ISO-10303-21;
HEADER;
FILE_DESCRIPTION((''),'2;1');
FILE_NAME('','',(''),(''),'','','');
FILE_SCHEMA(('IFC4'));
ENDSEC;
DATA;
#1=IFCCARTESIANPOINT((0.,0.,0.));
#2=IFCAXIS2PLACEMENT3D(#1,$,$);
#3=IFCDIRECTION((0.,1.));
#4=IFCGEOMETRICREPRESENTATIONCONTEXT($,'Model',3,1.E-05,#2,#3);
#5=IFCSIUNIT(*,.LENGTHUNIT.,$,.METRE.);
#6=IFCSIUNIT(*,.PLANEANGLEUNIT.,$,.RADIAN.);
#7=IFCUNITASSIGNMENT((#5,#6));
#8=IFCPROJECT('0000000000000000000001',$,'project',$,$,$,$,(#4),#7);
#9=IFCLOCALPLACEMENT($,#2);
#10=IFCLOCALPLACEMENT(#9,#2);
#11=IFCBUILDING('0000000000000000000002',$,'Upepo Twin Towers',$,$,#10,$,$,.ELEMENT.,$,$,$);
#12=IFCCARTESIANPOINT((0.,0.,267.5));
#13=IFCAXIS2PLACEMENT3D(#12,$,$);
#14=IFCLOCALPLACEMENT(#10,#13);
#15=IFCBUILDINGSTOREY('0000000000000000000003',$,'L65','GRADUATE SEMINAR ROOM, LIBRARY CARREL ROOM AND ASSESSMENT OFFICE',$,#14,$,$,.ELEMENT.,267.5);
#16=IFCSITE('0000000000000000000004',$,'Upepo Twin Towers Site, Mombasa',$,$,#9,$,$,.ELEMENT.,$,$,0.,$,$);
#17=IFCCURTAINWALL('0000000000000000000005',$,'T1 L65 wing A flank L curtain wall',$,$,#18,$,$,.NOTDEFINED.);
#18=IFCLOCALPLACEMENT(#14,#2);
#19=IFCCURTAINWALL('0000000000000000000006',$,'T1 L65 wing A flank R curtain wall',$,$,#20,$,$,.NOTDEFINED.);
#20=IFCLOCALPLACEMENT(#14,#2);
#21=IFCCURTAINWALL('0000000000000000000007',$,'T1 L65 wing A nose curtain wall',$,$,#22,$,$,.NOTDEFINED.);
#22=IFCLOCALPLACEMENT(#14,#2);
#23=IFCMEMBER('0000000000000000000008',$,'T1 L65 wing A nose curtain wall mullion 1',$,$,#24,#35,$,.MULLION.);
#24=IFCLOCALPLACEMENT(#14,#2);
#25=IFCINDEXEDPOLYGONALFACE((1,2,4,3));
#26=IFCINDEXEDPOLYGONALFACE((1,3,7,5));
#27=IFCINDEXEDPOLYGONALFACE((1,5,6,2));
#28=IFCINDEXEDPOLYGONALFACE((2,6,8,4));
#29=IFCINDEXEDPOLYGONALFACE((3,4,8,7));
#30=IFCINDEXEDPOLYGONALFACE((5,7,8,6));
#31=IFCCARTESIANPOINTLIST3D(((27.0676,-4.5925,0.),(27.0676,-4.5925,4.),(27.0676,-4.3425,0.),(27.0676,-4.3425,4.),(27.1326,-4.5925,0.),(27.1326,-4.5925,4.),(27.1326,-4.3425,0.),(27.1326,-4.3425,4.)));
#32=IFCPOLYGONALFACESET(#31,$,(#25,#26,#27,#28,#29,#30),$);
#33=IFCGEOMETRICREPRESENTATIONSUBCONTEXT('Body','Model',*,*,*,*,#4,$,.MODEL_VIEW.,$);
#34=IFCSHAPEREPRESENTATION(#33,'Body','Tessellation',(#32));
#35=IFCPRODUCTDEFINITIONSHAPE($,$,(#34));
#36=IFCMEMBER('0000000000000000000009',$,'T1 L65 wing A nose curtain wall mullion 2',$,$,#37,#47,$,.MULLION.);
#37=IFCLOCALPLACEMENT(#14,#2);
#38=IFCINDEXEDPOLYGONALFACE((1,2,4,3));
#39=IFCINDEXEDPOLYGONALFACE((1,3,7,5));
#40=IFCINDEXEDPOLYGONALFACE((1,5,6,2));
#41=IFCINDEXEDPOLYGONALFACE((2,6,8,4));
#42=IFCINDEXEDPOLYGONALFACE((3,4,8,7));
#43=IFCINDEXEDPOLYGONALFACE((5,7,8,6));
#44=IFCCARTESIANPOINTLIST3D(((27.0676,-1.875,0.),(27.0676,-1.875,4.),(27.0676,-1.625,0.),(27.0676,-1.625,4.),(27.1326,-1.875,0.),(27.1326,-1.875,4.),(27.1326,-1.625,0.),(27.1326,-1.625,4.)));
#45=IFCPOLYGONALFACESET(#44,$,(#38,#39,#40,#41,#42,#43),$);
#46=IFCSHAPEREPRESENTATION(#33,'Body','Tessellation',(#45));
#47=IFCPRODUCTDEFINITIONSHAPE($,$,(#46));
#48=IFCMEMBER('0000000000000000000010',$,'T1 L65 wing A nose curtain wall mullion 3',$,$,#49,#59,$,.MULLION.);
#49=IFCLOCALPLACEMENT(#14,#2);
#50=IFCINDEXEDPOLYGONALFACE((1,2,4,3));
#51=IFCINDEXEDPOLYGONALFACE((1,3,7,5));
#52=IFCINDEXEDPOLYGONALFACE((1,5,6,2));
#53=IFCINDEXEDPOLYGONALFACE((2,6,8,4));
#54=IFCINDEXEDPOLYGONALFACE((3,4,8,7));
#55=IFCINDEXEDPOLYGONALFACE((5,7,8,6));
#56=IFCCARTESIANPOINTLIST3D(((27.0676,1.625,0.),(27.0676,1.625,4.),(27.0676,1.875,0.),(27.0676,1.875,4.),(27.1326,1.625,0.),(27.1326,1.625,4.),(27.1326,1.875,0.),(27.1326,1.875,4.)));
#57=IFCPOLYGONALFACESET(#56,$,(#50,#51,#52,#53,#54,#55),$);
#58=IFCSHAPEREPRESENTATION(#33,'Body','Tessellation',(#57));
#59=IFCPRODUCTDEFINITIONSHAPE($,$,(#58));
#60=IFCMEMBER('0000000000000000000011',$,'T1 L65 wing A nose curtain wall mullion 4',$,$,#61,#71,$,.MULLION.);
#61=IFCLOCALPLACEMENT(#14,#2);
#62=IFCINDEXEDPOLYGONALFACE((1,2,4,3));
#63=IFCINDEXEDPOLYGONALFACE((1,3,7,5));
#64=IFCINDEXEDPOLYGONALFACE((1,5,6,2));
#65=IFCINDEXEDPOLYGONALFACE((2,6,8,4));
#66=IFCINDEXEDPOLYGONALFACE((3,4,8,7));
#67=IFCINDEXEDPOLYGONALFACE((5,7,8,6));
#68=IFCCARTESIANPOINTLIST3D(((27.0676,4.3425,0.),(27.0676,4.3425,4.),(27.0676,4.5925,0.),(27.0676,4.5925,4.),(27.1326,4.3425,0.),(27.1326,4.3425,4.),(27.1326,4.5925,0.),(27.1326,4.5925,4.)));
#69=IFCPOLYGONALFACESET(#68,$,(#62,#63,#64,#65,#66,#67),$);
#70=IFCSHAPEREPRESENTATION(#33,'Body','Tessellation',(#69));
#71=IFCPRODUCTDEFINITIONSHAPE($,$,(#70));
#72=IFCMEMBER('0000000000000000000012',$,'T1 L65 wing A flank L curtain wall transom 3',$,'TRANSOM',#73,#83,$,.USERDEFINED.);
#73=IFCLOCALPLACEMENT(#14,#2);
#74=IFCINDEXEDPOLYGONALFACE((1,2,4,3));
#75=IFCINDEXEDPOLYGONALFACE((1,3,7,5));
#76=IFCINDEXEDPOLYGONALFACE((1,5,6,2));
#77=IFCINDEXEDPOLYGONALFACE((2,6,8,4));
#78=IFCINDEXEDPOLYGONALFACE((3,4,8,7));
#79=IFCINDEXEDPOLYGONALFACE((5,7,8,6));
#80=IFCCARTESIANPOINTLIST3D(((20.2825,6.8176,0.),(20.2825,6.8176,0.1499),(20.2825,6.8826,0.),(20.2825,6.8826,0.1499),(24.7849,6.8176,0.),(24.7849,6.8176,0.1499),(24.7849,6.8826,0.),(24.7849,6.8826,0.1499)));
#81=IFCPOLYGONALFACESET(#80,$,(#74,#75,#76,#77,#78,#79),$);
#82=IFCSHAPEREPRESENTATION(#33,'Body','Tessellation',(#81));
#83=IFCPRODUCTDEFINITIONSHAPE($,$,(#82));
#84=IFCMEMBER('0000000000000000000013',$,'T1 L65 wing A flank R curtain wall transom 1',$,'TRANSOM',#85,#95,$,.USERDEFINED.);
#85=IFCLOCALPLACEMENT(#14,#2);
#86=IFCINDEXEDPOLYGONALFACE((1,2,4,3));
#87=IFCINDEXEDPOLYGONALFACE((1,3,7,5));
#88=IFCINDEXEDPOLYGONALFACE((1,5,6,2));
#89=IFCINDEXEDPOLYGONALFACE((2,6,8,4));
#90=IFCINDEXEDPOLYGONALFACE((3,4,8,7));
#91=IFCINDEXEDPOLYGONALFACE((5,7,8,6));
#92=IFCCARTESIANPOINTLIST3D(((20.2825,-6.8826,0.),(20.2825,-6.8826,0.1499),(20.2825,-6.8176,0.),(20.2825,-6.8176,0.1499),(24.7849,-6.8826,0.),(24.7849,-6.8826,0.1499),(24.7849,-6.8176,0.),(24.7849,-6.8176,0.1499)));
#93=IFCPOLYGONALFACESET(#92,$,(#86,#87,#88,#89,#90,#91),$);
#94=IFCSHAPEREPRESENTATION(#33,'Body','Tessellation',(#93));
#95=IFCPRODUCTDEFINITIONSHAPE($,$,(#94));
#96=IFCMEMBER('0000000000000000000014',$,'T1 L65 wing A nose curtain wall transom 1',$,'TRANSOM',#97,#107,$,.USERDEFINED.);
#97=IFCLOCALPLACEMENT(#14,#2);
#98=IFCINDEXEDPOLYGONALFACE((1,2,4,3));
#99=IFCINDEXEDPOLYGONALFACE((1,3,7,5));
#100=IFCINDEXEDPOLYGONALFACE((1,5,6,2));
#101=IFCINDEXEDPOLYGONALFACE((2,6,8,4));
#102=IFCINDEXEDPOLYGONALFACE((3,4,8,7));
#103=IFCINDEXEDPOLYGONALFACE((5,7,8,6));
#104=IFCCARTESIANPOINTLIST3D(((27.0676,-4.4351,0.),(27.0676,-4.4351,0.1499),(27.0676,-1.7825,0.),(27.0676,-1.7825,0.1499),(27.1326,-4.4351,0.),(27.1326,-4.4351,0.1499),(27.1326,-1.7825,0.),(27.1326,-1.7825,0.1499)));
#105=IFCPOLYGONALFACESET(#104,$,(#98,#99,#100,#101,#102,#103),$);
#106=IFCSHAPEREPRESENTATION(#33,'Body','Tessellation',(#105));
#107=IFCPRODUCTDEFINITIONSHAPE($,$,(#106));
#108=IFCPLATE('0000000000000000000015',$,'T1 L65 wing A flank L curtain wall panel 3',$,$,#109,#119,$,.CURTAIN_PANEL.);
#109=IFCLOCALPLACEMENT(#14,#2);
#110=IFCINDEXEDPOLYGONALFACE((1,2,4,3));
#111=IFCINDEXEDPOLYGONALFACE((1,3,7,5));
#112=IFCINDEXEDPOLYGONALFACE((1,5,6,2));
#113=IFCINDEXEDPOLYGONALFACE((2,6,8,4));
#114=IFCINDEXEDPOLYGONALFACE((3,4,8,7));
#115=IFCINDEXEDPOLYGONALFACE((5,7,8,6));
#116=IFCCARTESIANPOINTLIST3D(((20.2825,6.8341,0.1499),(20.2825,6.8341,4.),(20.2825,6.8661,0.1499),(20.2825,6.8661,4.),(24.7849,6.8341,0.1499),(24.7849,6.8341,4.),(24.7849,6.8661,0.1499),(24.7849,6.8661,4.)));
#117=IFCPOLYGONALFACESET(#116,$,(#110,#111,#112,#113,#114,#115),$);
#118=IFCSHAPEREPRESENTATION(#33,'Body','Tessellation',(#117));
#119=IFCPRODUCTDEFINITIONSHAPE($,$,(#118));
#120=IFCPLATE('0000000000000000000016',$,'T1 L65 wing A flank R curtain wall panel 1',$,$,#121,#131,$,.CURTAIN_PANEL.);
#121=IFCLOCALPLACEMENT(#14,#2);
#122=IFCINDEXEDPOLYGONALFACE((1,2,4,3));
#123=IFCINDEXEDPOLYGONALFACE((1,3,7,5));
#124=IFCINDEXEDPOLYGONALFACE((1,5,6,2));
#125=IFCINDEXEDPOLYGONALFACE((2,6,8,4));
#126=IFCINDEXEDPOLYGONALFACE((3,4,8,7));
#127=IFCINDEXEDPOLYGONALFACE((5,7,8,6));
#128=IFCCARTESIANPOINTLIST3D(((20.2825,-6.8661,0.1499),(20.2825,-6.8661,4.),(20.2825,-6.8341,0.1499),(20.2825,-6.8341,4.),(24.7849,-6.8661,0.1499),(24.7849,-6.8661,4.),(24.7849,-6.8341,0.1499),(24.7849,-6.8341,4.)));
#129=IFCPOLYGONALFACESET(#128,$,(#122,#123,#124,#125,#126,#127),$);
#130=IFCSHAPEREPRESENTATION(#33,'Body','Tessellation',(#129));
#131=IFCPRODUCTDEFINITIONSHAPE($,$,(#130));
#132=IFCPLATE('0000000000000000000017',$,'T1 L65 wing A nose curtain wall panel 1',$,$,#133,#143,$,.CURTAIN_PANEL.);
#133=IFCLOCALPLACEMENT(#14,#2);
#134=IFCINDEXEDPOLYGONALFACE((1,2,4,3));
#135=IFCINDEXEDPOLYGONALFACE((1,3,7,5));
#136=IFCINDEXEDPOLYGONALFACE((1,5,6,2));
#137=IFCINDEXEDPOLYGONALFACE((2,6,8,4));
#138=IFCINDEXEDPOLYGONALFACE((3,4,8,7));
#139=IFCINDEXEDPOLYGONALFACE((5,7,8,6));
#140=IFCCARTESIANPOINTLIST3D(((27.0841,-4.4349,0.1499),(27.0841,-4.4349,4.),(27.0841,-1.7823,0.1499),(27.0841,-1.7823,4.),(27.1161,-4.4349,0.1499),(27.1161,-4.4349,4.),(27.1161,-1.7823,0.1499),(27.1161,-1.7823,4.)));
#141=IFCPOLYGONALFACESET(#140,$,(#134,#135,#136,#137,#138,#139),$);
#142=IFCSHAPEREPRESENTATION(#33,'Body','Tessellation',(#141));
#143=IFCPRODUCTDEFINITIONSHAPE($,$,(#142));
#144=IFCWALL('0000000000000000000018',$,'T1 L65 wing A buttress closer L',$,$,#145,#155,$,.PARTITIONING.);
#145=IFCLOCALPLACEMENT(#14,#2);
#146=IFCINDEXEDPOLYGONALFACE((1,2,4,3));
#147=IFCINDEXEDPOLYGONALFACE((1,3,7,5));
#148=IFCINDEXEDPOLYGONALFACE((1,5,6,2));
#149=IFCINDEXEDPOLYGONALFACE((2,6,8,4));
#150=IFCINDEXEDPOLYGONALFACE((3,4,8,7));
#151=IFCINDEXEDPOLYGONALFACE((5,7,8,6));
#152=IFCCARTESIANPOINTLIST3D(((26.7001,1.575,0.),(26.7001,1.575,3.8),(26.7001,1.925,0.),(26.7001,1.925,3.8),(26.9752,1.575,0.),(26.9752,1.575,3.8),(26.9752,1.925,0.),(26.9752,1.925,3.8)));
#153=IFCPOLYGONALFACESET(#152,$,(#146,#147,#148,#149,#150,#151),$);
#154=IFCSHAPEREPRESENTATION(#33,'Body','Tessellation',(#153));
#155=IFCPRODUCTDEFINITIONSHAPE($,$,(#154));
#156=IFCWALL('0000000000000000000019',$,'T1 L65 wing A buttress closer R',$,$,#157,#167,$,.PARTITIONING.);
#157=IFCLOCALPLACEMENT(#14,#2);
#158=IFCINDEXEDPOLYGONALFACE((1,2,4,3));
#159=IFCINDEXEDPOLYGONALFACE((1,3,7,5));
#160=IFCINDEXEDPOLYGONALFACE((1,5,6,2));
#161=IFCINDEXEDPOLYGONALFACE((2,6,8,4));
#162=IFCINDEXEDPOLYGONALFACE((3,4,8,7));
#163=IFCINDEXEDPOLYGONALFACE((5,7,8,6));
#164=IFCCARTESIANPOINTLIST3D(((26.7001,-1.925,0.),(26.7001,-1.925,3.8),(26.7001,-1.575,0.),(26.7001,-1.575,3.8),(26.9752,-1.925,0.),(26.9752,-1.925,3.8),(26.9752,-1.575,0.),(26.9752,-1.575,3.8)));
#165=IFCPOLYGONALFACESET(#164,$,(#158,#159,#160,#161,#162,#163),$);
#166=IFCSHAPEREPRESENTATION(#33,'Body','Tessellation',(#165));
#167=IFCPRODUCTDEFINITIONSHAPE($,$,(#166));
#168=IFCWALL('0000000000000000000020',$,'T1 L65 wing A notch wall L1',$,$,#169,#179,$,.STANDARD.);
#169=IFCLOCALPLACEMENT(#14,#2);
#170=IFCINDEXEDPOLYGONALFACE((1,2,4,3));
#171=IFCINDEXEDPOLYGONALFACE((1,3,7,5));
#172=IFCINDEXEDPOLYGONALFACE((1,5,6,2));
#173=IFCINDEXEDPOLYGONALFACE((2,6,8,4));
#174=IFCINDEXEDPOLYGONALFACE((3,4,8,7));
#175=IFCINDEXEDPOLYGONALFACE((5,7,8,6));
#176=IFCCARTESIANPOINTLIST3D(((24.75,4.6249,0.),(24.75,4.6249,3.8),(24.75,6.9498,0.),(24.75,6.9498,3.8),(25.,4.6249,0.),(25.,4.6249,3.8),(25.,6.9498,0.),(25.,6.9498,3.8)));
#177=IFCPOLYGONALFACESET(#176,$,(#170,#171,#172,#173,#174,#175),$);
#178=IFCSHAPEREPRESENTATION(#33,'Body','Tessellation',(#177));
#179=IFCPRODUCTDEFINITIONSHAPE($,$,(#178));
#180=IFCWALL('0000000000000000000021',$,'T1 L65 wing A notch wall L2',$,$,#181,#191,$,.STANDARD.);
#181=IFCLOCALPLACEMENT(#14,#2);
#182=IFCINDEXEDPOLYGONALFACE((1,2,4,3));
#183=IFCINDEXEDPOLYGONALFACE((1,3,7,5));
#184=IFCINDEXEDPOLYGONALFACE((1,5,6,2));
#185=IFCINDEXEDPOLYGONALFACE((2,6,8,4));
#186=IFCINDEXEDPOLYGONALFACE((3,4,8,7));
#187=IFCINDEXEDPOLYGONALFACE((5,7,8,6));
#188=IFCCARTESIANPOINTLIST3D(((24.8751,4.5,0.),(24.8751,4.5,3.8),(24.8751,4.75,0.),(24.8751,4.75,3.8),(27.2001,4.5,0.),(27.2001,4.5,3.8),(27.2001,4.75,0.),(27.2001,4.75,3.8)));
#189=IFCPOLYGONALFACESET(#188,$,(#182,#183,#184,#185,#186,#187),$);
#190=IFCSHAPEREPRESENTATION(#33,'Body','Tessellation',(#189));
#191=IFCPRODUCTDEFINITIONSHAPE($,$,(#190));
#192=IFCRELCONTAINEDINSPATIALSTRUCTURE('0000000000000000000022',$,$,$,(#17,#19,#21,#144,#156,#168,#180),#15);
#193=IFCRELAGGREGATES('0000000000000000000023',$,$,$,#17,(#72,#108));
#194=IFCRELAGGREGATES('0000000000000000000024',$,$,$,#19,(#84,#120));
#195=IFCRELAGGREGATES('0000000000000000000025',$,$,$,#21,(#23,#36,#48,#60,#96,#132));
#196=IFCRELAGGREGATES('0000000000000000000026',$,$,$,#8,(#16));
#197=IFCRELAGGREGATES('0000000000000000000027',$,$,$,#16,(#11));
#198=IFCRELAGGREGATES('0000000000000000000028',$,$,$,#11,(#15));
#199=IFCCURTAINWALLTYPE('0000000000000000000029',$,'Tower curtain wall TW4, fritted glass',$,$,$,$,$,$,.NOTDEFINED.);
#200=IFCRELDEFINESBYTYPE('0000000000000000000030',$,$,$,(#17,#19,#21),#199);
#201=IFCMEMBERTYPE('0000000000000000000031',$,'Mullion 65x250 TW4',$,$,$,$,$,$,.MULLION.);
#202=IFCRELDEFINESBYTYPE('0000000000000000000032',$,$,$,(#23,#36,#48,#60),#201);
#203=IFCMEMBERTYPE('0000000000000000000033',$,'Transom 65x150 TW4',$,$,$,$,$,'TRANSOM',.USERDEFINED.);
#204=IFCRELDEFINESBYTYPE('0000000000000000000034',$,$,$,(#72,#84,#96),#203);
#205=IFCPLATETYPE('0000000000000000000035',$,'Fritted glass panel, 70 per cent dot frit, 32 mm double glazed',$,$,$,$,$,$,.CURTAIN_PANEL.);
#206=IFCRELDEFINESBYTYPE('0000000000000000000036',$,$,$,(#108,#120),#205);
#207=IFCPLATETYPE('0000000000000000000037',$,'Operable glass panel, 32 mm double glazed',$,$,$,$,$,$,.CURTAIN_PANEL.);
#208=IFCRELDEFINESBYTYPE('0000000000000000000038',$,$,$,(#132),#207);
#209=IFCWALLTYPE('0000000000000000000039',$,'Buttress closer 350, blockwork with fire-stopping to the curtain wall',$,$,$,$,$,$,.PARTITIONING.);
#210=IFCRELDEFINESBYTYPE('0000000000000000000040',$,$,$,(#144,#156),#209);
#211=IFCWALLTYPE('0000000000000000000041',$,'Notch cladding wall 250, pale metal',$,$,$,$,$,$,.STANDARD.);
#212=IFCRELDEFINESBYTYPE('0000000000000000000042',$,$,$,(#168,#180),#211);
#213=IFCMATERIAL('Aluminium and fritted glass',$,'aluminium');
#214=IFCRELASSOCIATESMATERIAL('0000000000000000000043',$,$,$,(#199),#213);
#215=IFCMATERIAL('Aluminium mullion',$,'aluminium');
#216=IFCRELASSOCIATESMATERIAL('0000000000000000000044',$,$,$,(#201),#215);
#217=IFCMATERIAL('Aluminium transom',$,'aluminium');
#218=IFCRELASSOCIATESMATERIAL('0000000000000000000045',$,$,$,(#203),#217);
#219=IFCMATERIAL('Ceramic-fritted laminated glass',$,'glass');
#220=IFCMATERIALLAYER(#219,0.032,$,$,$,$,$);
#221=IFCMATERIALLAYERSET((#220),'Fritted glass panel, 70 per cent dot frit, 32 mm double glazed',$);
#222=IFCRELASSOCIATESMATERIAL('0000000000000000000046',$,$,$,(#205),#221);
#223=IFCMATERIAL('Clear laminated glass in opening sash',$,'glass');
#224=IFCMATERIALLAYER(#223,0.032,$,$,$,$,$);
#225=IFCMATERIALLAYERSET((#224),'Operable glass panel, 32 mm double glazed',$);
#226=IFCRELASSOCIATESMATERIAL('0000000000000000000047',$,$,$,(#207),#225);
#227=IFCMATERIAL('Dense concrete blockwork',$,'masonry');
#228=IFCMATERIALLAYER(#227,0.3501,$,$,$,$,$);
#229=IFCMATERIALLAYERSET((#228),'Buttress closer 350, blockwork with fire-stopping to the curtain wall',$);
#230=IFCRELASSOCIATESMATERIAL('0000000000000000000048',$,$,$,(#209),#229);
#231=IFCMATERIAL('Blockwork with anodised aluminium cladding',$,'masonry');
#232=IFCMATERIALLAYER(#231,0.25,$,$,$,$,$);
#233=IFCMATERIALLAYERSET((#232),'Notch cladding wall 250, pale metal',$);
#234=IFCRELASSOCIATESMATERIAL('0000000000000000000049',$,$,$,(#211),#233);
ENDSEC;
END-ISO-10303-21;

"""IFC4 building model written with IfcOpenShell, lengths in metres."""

from ifc_helpers import new_model, si_unit, direction, frame, frame_2d, origin, origin_2d, place, context, subcontext, project, spatial, rectangle, extrude, material, layer, layer_set, material_profile, profile_set, type_object, element, aggregate, save


model = new_model("IFC4")

# Units and contexts
model_context = context("Model", 3, precision=1e-05, world=origin(), true_north=direction((0.0, 1.0)))
body_context = subcontext(model_context, "Body", "Model", "MODEL_VIEW")
ifc_project = project(units=[si_unit("LENGTHUNIT", "METRE"), si_unit("PLANEANGLEUNIT", "RADIAN")], contexts=[model_context])

# Site, building, storey
site_placement = place(None, origin())
site = spatial("IfcSite", under=ifc_project, at=site_placement, Name="Upepo Twin Towers Site, Mombasa", CompositionType="ELEMENT", RefElevation=0.0)
building_placement = place(site_placement, origin())
building = spatial("IfcBuilding", under=site, at=building_placement, Name="Upepo Twin Towers", CompositionType="ELEMENT")
storey_placement = place(building_placement, frame((0.0, 0.0, 267.5)))
storey = spatial("IfcBuildingStorey", under=building, at=storey_placement, Name="L65", Description="GRADUATE SEMINAR ROOM, LIBRARY CARREL ROOM AND ASSESSMENT OFFICE", CompositionType="ELEMENT", Elevation=267.5)

# Curtain walls, members
ifc_material_1 = material(Name="Aluminium and fritted glass", Category="aluminium")
curtain_wall_type = type_object("IfcCurtainWallType", Name="Tower curtain wall TW4, fritted glass", PredefinedType="NOTDEFINED", material=ifc_material_1)
curtain_wall_1_placement = place(storey_placement, origin())
curtain_wall_1 = element("IfcCurtainWall", 1, at=curtain_wall_1_placement, inside=storey, type_object=curtain_wall_type, Name="T1 L65 wing A flank L curtain wall", PredefinedType="NOTDEFINED")
ifc_material_2 = material(Name="Aluminium mullion", Category="aluminium")
ifc_material_profile_1 = material_profile(ifc_material_2, rectangle(XDim=0.0649, YDim=0.25, at=origin_2d()), Name="MULLION 65x250")
ifc_profile_set_1 = profile_set([ifc_material_profile_1], Name="Aluminium mullion")
member_type_1 = type_object("IfcMemberType", Name="Mullion 65x250 TW4", PredefinedType="MULLION", material=ifc_profile_set_1)
curtain_wall_2_placement = place(storey_placement, origin())
curtain_wall_2 = element("IfcCurtainWall", 2, at=curtain_wall_2_placement, inside=storey, type_object=curtain_wall_type, Name="T1 L65 wing A flank R curtain wall", PredefinedType="NOTDEFINED")
curtain_wall_3_placement = place(storey_placement, origin())
curtain_wall_3 = element("IfcCurtainWall", 3, at=curtain_wall_3_placement, inside=storey, type_object=curtain_wall_type, Name="T1 L65 wing A nose curtain wall", PredefinedType="NOTDEFINED")
member_1_placement = place(storey_placement, frame((27.1001, -4.4675, 0.0), z_axis=(0.0, 0.0, 1.0), x_axis=(-1.0, 0.0, 0.0)))
member_1 = element("IfcMember", 4, at=member_1_placement, type_object=member_type_1, Name="T1 L65 wing A nose curtain wall mullion 1", PredefinedType="MULLION", context=body_context, shape_type="SweptSolid", body=[
    extrude(rectangle(XDim=0.0649, YDim=0.25, at=origin_2d()), origin(), (0.0, 0.0, 1.0), 4.0),
])
member_2_placement = place(storey_placement, frame((27.1001, -1.75, 0.0), z_axis=(0.0, 0.0, 1.0), x_axis=(-1.0, 0.0, 0.0)))
member_2 = element("IfcMember", 5, at=member_2_placement, type_object=member_type_1, Name="T1 L65 wing A nose curtain wall mullion 2", PredefinedType="MULLION", context=body_context, shape_type="SweptSolid", body=[
    extrude(rectangle(XDim=0.0649, YDim=0.25, at=origin_2d()), origin(), (0.0, 0.0, 1.0), 4.0),
])
member_3_placement = place(storey_placement, frame((27.1001, 1.75, 0.0), z_axis=(0.0, 0.0, 1.0), x_axis=(-1.0, 0.0, 0.0)))
member_3 = element("IfcMember", 6, at=member_3_placement, type_object=member_type_1, Name="T1 L65 wing A nose curtain wall mullion 3", PredefinedType="MULLION", context=body_context, shape_type="SweptSolid", body=[
    extrude(rectangle(XDim=0.0649, YDim=0.25, at=origin_2d()), origin(), (0.0, 0.0, 1.0), 4.0),
])
member_4_placement = place(storey_placement, frame((27.1001, 4.4675, 0.0), z_axis=(0.0, 0.0, 1.0), x_axis=(-1.0, 0.0, 0.0)))
member_4 = element("IfcMember", 7, at=member_4_placement, type_object=member_type_1, Name="T1 L65 wing A nose curtain wall mullion 4", PredefinedType="MULLION", context=body_context, shape_type="SweptSolid", body=[
    extrude(rectangle(XDim=0.0649, YDim=0.25, at=origin_2d()), origin(), (0.0, 0.0, 1.0), 4.0),
])

# Members
ifc_material_3 = material(Name="Aluminium transom", Category="aluminium")
ifc_material_profile_2 = material_profile(ifc_material_3, rectangle(XDim=0.0649, YDim=0.1499, at=origin_2d()), Name="TRANSOM 65x150")
ifc_profile_set_2 = profile_set([ifc_material_profile_2], Name="Aluminium transom")
member_type_2 = type_object("IfcMemberType", Name="Transom 65x150 TW4", ElementType="TRANSOM", PredefinedType="USERDEFINED", material=ifc_profile_set_2)
member_5_placement = place(storey_placement, frame((20.2825, 6.8501, 0.075), z_axis=(1.0, 0.0, 0.0), x_axis=(0.0, 1.0, 0.0)))
member_5 = element("IfcMember", 8, at=member_5_placement, type_object=member_type_2, Name="T1 L65 wing A flank L curtain wall transom 3", ObjectType="TRANSOM", PredefinedType="USERDEFINED", context=body_context, shape_type="SweptSolid", body=[
    extrude(rectangle(XDim=0.0649, YDim=0.1499, at=origin_2d()), origin(), (0.0, 0.0, 1.0), 4.5024),
])
member_6_placement = place(storey_placement, frame((24.7849, -6.8501, 0.075), z_axis=(-1.0, 0.0, 0.0), x_axis=(0.0, -1.0, 0.0)))
member_6 = element("IfcMember", 9, at=member_6_placement, type_object=member_type_2, Name="T1 L65 wing A flank R curtain wall transom 1", ObjectType="TRANSOM", PredefinedType="USERDEFINED", context=body_context, shape_type="SweptSolid", body=[
    extrude(rectangle(XDim=0.0649, YDim=0.1499, at=origin_2d()), origin(), (0.0, 0.0, 1.0), 4.5024),
])
member_7_placement = place(storey_placement, frame((27.1001, -4.4351, 0.075), z_axis=(0.0, 1.0, 0.0), x_axis=(-1.0, 0.0, 0.0)))
member_7 = element("IfcMember", 10, at=member_7_placement, type_object=member_type_2, Name="T1 L65 wing A nose curtain wall transom 1", ObjectType="TRANSOM", PredefinedType="USERDEFINED", context=body_context, shape_type="SweptSolid", body=[
    extrude(rectangle(XDim=0.0649, YDim=0.1499, at=origin_2d()), origin(), (0.0, 0.0, 1.0), 2.6526),
])

# Plates
ifc_material_4 = material(Name="Ceramic-fritted laminated glass", Category="glass")
ifc_layer_1 = layer(ifc_material_4, 0.032)
ifc_layer_set_1 = layer_set([ifc_layer_1], Name="Fritted glass panel, 70 per cent dot frit, 32 mm double glazed")
plate_type_1 = type_object("IfcPlateType", Name="Fritted glass panel, 70 per cent dot frit, 32 mm double glazed", PredefinedType="CURTAIN_PANEL", material=ifc_layer_set_1)
plate_1_placement = place(storey_placement, frame((22.5337, 6.8501, 0.1499), z_axis=(0.0, 0.0, 1.0), x_axis=(1.0, 0.0, 0.0)))
plate_1 = element("IfcPlate", 11, at=plate_1_placement, type_object=plate_type_1, Name="T1 L65 wing A flank L curtain wall panel 3", PredefinedType="CURTAIN_PANEL", context=body_context, shape_type="SweptSolid", body=[
    extrude(rectangle(XDim=4.5024, YDim=0.032, at=origin_2d()), origin(), (0.0, 0.0, 1.0), 3.8501),
])
aggregate(curtain_wall_1, [member_5, plate_1])
plate_2_placement = place(storey_placement, frame((22.5337, -6.8501, 0.1499), z_axis=(0.0, 0.0, 1.0), x_axis=(-1.0, 0.0, 0.0)))
plate_2 = element("IfcPlate", 12, at=plate_2_placement, type_object=plate_type_1, Name="T1 L65 wing A flank R curtain wall panel 1", PredefinedType="CURTAIN_PANEL", context=body_context, shape_type="SweptSolid", body=[
    extrude(rectangle(XDim=4.5024, YDim=0.032, at=origin_2d()), origin(), (0.0, 0.0, 1.0), 3.8501),
])
aggregate(curtain_wall_2, [member_6, plate_2])
ifc_material_5 = material(Name="Clear laminated glass in opening sash", Category="glass")
ifc_layer_2 = layer(ifc_material_5, 0.032)
ifc_layer_set_2 = layer_set([ifc_layer_2], Name="Operable glass panel, 32 mm double glazed")
plate_type_2 = type_object("IfcPlateType", Name="Operable glass panel, 32 mm double glazed", PredefinedType="CURTAIN_PANEL", material=ifc_layer_set_2)
plate_3_placement = place(storey_placement, frame((27.1001, -3.1086, 0.1499), z_axis=(0.0, 0.0, 1.0), x_axis=(0.0, 1.0, 0.0)))
plate_3 = element("IfcPlate", 13, at=plate_3_placement, type_object=plate_type_2, Name="T1 L65 wing A nose curtain wall panel 1", PredefinedType="CURTAIN_PANEL", context=body_context, shape_type="SweptSolid", body=[
    extrude(rectangle(XDim=2.6526, YDim=0.032, at=origin_2d()), origin(), (0.0, 0.0, 1.0), 3.8501),
])
aggregate(curtain_wall_3, [member_1, member_2, member_3, member_4, member_7, plate_3])

# Walls
ifc_material_6 = material(Name="Dense concrete blockwork", Category="masonry")
ifc_layer_3 = layer(ifc_material_6, 0.3501)
ifc_layer_set_3 = layer_set([ifc_layer_3], Name="Buttress closer 350, blockwork with fire-stopping to the curtain wall")
wall_type_1 = type_object("IfcWallType", Name="Buttress closer 350, blockwork with fire-stopping to the curtain wall", PredefinedType="PARTITIONING", material=ifc_layer_set_3)
for number, where, z_axis, x_axis, name in (
    (14, (26.7, 1.75, 0.0), (0.0, 0.0, 1.0), (1.0, 0.0, 0.0), "T1 L65 wing A buttress closer L"),
    (15, (26.7, -1.75, 0.0), (0.0, 0.0, 1.0), (1.0, 0.0, 0.0), "T1 L65 wing A buttress closer R"),
):
    element("IfcWall", number, at=place(storey_placement, frame(where, z_axis=z_axis, x_axis=x_axis)), inside=storey, type_object=wall_type_1, Name=name, PredefinedType="PARTITIONING", context=body_context, shape_type="SweptSolid", body=[
        extrude(rectangle(XDim=0.2751, YDim=0.3501, at=frame_2d((0.1377, 0.0))), origin(), (0.0, 0.0, 1.0), 3.8),
    ])
ifc_material_7 = material(Name="Blockwork with anodised aluminium cladding", Category="masonry")
ifc_layer_4 = layer(ifc_material_7, 0.25)
ifc_layer_set_4 = layer_set([ifc_layer_4], Name="Notch cladding wall 250, pale metal")
wall_type_2 = type_object("IfcWallType", Name="Notch cladding wall 250, pale metal", PredefinedType="STANDARD", material=ifc_layer_set_4)
for number, where, z_axis, x_axis, name in (
    (16, (24.875, 6.95, 0.0), (0.0, 0.0, 1.0), (0.0, -1.0, 0.0), "T1 L65 wing A notch wall L1"),
    (17, (24.875, 4.625, 0.0), (0.0, 0.0, 1.0), (1.0, 0.0, 0.0), "T1 L65 wing A notch wall L2"),
):
    element("IfcWall", number, at=place(storey_placement, frame(where, z_axis=z_axis, x_axis=x_axis)), inside=storey, type_object=wall_type_2, Name=name, PredefinedType="STANDARD", context=body_context, shape_type="SweptSolid", body=[
        extrude(rectangle(XDim=2.325, YDim=0.25, at=frame_2d((1.1626, 0.0))), origin(), (0.0, 0.0, 1.0), 3.8),
    ])

save(model, "model.ifc")
